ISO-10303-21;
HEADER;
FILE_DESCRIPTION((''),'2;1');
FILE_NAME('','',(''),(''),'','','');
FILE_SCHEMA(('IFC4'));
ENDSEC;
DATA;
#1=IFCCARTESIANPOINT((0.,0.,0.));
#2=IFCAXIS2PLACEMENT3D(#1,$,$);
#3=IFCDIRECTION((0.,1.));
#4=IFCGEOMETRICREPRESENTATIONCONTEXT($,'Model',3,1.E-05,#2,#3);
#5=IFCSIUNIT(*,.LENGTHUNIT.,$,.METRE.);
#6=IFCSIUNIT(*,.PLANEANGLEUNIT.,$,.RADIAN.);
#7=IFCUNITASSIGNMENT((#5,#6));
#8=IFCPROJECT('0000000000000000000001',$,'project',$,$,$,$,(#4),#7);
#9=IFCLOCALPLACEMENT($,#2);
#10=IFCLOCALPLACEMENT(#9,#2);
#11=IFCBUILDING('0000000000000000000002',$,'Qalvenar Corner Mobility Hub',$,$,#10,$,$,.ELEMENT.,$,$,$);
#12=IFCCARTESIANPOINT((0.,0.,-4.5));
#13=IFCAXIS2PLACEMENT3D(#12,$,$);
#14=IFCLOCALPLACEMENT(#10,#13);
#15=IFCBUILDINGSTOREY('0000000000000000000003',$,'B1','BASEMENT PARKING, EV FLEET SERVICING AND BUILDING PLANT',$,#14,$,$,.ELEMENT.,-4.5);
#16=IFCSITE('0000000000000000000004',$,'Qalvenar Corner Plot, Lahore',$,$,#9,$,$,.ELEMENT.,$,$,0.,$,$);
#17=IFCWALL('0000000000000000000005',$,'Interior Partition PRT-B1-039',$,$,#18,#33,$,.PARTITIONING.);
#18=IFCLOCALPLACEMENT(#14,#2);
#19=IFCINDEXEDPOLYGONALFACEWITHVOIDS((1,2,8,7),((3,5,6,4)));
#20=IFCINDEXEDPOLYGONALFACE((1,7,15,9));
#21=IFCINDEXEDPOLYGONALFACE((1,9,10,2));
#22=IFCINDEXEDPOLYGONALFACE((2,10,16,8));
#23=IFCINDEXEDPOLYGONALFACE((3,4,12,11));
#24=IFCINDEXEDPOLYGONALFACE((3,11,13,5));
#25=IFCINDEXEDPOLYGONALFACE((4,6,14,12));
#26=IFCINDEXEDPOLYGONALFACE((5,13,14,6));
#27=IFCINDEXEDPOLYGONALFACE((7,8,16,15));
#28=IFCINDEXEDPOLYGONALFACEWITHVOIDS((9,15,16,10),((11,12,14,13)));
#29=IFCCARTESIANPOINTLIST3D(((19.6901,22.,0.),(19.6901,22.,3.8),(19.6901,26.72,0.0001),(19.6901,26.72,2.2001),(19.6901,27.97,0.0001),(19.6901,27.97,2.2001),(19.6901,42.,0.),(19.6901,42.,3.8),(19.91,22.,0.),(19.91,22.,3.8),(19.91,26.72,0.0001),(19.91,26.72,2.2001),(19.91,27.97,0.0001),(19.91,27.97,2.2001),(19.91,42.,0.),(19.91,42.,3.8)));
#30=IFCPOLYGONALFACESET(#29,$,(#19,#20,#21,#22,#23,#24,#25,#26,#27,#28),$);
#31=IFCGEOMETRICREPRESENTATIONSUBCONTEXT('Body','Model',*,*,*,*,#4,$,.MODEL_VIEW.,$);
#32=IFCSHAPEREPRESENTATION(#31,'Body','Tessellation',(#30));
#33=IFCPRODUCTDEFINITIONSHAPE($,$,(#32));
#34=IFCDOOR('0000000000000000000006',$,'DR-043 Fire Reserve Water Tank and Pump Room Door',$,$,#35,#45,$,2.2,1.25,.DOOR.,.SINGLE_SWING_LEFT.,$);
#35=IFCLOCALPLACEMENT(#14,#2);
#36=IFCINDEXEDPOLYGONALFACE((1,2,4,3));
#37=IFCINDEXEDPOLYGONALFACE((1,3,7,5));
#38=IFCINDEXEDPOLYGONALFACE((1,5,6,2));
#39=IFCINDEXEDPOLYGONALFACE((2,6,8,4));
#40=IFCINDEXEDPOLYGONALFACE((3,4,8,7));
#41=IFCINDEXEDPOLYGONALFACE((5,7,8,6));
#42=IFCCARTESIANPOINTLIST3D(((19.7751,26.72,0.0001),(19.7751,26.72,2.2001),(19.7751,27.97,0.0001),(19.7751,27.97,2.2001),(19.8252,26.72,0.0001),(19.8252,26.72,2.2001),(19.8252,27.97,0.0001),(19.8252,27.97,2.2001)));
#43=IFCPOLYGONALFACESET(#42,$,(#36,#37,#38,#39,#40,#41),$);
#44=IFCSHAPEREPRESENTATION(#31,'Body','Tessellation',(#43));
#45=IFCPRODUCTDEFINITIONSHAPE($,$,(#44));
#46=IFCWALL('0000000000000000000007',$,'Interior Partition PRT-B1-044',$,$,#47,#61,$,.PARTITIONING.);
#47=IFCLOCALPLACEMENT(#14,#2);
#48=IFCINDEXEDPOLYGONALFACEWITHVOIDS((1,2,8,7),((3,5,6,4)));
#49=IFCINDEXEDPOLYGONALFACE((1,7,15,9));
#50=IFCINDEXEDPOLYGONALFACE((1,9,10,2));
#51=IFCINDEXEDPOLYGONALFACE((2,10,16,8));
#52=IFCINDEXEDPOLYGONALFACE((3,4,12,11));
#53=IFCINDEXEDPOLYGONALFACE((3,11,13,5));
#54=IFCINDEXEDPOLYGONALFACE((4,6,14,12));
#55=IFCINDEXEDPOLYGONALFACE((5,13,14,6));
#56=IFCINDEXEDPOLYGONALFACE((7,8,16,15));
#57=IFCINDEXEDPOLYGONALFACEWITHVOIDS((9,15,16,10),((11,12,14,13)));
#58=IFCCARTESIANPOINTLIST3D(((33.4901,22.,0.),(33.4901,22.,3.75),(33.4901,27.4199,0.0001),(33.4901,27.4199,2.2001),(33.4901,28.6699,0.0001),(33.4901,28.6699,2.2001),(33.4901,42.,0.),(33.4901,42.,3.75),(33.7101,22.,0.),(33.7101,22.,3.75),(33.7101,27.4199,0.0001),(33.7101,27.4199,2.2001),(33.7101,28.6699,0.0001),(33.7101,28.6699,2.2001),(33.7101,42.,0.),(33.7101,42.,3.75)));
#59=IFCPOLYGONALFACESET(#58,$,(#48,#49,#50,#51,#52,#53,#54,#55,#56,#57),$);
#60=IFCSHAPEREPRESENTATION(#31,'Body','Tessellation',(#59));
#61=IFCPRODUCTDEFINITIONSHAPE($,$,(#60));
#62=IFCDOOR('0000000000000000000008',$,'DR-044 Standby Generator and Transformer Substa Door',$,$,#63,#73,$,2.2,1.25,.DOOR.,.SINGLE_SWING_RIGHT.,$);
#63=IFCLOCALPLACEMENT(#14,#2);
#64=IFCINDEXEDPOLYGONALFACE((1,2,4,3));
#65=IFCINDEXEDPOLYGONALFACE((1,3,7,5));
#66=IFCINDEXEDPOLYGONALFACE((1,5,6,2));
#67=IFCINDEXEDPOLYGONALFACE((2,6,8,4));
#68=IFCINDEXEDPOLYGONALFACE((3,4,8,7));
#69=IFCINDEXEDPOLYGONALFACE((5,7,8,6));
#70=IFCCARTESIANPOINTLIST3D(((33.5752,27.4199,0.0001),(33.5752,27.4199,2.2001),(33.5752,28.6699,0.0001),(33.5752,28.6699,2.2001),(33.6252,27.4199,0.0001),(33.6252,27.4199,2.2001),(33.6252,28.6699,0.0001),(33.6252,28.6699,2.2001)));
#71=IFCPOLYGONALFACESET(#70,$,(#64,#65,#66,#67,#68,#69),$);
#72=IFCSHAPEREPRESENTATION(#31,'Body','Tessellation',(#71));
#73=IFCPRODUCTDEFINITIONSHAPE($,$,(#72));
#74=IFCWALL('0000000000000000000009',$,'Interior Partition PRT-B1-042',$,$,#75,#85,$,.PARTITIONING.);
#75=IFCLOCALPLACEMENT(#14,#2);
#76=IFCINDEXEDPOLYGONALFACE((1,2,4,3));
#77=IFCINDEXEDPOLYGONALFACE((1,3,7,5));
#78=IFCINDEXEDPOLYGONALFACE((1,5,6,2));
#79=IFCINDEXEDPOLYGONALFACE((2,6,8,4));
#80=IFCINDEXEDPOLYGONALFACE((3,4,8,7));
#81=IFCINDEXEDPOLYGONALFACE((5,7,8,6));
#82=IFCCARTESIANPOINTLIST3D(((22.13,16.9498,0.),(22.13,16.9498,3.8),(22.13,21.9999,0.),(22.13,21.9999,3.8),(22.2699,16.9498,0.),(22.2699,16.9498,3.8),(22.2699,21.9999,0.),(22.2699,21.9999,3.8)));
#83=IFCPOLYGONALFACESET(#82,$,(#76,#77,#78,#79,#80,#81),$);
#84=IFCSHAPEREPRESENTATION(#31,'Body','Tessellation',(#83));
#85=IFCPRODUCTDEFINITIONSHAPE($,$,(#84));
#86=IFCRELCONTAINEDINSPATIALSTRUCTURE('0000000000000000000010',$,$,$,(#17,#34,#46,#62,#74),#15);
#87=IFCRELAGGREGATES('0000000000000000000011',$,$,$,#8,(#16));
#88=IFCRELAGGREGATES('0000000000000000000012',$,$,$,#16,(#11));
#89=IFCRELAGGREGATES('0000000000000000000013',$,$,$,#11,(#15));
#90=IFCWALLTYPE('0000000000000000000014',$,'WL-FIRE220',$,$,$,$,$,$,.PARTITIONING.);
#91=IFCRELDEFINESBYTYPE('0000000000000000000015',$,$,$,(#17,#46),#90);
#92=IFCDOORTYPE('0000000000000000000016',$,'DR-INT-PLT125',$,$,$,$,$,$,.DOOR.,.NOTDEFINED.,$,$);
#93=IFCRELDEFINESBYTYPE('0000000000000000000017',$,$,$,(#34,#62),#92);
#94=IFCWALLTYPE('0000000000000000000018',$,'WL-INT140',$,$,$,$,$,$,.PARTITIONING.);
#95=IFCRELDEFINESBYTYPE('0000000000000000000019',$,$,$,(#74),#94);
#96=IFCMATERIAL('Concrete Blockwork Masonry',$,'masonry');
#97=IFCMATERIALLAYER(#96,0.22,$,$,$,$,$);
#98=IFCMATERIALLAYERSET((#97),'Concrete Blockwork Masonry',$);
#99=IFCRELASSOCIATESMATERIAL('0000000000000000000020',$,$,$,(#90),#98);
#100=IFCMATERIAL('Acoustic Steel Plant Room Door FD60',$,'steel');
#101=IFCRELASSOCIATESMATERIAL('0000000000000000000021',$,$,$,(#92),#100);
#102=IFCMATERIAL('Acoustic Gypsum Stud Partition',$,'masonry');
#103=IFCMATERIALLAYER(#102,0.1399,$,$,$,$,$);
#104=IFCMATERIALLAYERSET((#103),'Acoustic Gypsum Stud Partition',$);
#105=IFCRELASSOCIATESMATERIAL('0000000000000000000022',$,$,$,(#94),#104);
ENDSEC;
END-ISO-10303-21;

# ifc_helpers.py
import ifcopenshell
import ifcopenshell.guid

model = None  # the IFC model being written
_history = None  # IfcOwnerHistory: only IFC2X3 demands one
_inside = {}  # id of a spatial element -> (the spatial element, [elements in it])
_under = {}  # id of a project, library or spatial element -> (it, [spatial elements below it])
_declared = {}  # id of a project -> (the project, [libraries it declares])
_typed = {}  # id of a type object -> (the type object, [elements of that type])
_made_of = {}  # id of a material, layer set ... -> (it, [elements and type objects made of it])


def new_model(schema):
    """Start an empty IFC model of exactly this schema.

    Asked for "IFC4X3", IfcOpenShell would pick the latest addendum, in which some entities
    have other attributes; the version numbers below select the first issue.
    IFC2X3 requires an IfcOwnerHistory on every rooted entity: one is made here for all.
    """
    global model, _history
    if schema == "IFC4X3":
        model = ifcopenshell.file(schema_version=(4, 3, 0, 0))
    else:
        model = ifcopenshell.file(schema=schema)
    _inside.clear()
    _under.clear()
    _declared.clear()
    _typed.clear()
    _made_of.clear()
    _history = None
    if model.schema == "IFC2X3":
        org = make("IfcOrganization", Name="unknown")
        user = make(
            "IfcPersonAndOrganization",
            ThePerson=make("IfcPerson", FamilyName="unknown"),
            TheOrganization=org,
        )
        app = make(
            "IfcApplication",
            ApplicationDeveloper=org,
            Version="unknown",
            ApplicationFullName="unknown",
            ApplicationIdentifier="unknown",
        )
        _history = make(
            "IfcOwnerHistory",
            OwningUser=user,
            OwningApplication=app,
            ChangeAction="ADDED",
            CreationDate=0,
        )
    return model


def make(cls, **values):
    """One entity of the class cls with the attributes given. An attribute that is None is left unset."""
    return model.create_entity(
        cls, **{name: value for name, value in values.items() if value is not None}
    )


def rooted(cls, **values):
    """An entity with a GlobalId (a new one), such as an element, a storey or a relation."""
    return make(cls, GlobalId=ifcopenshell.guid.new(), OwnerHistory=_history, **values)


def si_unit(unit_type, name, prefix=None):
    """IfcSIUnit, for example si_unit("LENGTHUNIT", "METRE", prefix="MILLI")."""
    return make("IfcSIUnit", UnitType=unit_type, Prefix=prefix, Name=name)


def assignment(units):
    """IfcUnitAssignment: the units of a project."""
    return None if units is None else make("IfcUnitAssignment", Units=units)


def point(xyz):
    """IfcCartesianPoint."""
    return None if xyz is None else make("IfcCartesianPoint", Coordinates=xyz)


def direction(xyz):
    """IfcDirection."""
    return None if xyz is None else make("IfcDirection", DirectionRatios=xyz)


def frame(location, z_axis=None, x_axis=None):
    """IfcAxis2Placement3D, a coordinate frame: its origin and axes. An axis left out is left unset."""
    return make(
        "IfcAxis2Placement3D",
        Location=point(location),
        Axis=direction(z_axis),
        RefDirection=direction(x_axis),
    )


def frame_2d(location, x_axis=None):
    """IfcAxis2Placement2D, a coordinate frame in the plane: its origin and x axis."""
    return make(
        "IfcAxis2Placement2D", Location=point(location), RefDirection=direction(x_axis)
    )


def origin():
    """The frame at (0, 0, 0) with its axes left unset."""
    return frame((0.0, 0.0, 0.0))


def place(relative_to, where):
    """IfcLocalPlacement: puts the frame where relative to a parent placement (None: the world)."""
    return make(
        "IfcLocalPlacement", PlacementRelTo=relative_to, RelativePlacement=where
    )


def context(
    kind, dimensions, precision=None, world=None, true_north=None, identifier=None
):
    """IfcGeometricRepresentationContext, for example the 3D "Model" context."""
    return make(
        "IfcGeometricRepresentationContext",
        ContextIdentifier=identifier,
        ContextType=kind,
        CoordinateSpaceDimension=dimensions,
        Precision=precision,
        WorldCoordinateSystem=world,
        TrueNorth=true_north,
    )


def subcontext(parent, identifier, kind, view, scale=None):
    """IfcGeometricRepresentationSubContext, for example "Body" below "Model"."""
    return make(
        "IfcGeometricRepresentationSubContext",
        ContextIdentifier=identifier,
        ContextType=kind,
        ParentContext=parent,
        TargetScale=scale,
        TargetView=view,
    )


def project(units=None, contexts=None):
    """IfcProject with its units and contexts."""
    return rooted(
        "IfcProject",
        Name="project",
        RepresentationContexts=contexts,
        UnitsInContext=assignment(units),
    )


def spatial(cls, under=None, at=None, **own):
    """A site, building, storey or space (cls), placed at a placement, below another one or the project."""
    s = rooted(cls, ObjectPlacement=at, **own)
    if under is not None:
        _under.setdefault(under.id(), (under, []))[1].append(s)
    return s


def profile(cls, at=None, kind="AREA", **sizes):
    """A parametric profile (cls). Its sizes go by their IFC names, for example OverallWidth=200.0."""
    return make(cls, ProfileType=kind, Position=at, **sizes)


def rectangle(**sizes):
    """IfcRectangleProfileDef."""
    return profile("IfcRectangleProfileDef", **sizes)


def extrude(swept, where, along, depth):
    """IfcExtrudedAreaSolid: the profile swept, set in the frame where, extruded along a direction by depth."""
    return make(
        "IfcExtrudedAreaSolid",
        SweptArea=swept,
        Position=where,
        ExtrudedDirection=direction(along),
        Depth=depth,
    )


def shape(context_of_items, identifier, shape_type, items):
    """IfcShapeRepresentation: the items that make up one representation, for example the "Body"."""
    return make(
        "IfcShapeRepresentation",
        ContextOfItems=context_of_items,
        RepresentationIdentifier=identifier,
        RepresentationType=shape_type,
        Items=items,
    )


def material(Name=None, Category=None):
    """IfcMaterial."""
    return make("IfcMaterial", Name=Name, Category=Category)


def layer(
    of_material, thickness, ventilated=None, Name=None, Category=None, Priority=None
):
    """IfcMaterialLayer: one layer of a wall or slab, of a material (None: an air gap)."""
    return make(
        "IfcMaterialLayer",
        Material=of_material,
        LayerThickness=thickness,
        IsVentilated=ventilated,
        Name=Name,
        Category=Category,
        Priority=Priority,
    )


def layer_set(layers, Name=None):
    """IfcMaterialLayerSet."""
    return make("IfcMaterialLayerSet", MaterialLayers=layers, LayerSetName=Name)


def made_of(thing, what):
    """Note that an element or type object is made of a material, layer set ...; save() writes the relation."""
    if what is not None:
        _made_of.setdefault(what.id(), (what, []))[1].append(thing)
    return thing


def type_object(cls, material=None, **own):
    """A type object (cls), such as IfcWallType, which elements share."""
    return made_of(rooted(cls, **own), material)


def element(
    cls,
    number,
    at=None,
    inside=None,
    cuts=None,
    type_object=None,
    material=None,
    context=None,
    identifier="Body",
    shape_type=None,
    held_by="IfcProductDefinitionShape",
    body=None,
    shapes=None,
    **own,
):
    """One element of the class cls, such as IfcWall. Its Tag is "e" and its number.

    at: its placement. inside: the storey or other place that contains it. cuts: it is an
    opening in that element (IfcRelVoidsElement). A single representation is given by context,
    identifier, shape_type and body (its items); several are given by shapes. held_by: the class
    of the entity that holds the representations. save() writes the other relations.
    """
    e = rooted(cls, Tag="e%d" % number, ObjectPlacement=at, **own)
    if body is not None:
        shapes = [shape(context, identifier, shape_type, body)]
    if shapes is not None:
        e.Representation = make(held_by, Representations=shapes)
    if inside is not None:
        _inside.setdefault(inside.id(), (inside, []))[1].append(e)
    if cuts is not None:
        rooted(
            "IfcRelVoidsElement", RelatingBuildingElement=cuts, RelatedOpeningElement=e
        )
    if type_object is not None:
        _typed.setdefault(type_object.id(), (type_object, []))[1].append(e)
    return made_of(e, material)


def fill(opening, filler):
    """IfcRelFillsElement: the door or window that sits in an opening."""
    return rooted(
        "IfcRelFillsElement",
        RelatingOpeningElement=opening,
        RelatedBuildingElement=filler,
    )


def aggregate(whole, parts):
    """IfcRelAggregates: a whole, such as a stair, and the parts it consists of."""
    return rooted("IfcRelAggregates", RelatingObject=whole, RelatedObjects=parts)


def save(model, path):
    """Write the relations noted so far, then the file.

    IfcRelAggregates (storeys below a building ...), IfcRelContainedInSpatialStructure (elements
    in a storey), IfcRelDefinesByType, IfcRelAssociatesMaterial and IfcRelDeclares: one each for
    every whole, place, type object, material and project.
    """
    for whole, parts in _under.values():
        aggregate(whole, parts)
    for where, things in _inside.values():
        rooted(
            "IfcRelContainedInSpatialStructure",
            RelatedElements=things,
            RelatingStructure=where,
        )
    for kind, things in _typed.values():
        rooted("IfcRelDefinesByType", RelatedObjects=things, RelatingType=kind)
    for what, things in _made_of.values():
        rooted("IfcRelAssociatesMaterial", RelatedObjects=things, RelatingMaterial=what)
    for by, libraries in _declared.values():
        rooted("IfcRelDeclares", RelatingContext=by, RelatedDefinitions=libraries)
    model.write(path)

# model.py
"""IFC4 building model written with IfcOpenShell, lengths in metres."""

from ifc_helpers import new_model, si_unit, direction, frame, frame_2d, origin, place, context, subcontext, project, spatial, rectangle, extrude, material, layer, layer_set, type_object, element, fill, save


model = new_model("IFC4")

# Units and contexts
model_context = context("Model", 3, precision=1e-05, world=origin(), true_north=direction((0.0, 1.0)))
body_context = subcontext(model_context, "Body", "Model", "MODEL_VIEW")
ifc_project = project(units=[si_unit("LENGTHUNIT", "METRE"), si_unit("PLANEANGLEUNIT", "RADIAN")], contexts=[model_context])

# Site, building, storey
site_placement = place(None, origin())
site = spatial("IfcSite", under=ifc_project, at=site_placement, Name="Qalvenar Corner Plot, Lahore", CompositionType="ELEMENT", RefElevation=0.0)
building_placement = place(site_placement, origin())
building = spatial("IfcBuilding", under=site, at=building_placement, Name="Qalvenar Corner Mobility Hub", CompositionType="ELEMENT")
storey_placement = place(building_placement, frame((0.0, 0.0, -4.5)))
storey = spatial("IfcBuildingStorey", under=building, at=storey_placement, Name="B1", Description="BASEMENT PARKING, EV FLEET SERVICING AND BUILDING PLANT", CompositionType="ELEMENT", Elevation=-4.5)

# Shared definitions
ifc_material_1 = material(Name="Concrete Blockwork Masonry", Category="masonry")
ifc_layer_1 = layer(ifc_material_1, 0.22)
ifc_layer_set_1 = layer_set([ifc_layer_1], Name="Concrete Blockwork Masonry")
wall_type_1 = type_object("IfcWallType", Name="WL-FIRE220", PredefinedType="PARTITIONING", material=ifc_layer_set_1)

# Walls, openings, doors
wall_1_placement = place(storey_placement, frame((19.8, 22.0, 0.0), z_axis=(0.0, 0.0, 1.0), x_axis=(0.0, 1.0, 0.0)))
wall_1 = element("IfcWall", 1, at=wall_1_placement, inside=storey, type_object=wall_type_1, Name="Interior Partition PRT-B1-039", PredefinedType="PARTITIONING", context=body_context, shape_type="SweptSolid", body=[
    extrude(rectangle(XDim=20.0, YDim=0.22, at=frame_2d((10.0, 0.0))), origin(), (0.0, 0.0, 1.0), 3.8),
])
opening_1_placement = place(wall_1_placement, frame((4.72, 0.0, 0.0)))
opening_1 = element("IfcOpeningElement", 2, at=opening_1_placement, cuts=wall_1, PredefinedType="OPENING", context=body_context, shape_type="SweptSolid", body=[
    extrude(rectangle(XDim=1.25, YDim=2.2, at=frame_2d((0.625, 1.1001))), frame((0.0, 0.1201, 0.0), z_axis=(0.0, -1.0, 0.0), x_axis=(1.0, 0.0, 0.0)), (0.0, 0.0, 1.0), 0.24),
])
ifc_material_2 = material(Name="Acoustic Steel Plant Room Door FD60", Category="steel")
door_type = type_object("IfcDoorType", Name="DR-INT-PLT125", OperationType="NOTDEFINED", PredefinedType="DOOR", material=ifc_material_2)
door_1_placement = place(opening_1_placement, origin())
door_1 = element("IfcDoor", 3, at=door_1_placement, inside=storey, type_object=door_type, Name="DR-043 Fire Reserve Water Tank and Pump Room Door", OperationType="SINGLE_SWING_LEFT", OverallHeight=2.2, OverallWidth=1.25, PredefinedType="DOOR", context=body_context, shape_type="SweptSolid", body=[
    extrude(rectangle(XDim=1.25, YDim=2.2, at=frame_2d((0.625, 1.1001))), frame((0.0, 0.0249, 0.0), z_axis=(0.0, -1.0, 0.0), x_axis=(1.0, 0.0, 0.0)), (0.0, 0.0, 1.0), 0.05),
])
fill(opening_1, door_1)
wall_2_placement = place(storey_placement, frame((33.6001, 22.0, 0.0), z_axis=(0.0, 0.0, 1.0), x_axis=(0.0, 1.0, 0.0)))
wall_2 = element("IfcWall", 4, at=wall_2_placement, inside=storey, type_object=wall_type_1, Name="Interior Partition PRT-B1-044", PredefinedType="PARTITIONING", context=body_context, shape_type="SweptSolid", body=[
    extrude(rectangle(XDim=20.0, YDim=0.22, at=frame_2d((10.0, 0.0))), origin(), (0.0, 0.0, 1.0), 3.75),
])
opening_2_placement = place(wall_2_placement, frame((5.4199, 0.0, 0.0)))
opening_2 = element("IfcOpeningElement", 5, at=opening_2_placement, cuts=wall_2, PredefinedType="OPENING", context=body_context, shape_type="SweptSolid", body=[
    extrude(rectangle(XDim=1.25, YDim=2.2, at=frame_2d((0.625, 1.1001))), frame((0.0, 0.1201, 0.0), z_axis=(0.0, -1.0, 0.0), x_axis=(1.0, 0.0, 0.0)), (0.0, 0.0, 1.0), 0.24),
])
door_2_placement = place(opening_2_placement, origin())
door_2 = element("IfcDoor", 6, at=door_2_placement, inside=storey, type_object=door_type, Name="DR-044 Standby Generator and Transformer Substa Door", OperationType="SINGLE_SWING_RIGHT", OverallHeight=2.2, OverallWidth=1.25, PredefinedType="DOOR", context=body_context, shape_type="SweptSolid", body=[
    extrude(rectangle(XDim=1.25, YDim=2.2, at=frame_2d((0.625, 1.1001))), frame((0.0, 0.0249, 0.0), z_axis=(0.0, -1.0, 0.0), x_axis=(1.0, 0.0, 0.0)), (0.0, 0.0, 1.0), 0.05),
])
fill(opening_2, door_2)

# Wall
ifc_material_3 = material(Name="Acoustic Gypsum Stud Partition", Category="masonry")
ifc_layer_2 = layer(ifc_material_3, 0.1399)
ifc_layer_set_2 = layer_set([ifc_layer_2], Name="Acoustic Gypsum Stud Partition")
wall_type_2 = type_object("IfcWallType", Name="WL-INT140", PredefinedType="PARTITIONING", material=ifc_layer_set_2)
wall_3_placement = place(storey_placement, frame((22.2, 16.95, 0.0), z_axis=(0.0, 0.0, 1.0), x_axis=(0.0, 1.0, 0.0)))
element("IfcWall", 7, at=wall_3_placement, inside=storey, type_object=wall_type_2, Name="Interior Partition PRT-B1-042", PredefinedType="PARTITIONING", context=body_context, shape_type="SweptSolid", body=[
    extrude(rectangle(XDim=5.05, YDim=0.1399, at=frame_2d((2.5249, 0.0))), origin(), (0.0, 0.0, 1.0), 3.8),
])

save(model, "model.ifc")
